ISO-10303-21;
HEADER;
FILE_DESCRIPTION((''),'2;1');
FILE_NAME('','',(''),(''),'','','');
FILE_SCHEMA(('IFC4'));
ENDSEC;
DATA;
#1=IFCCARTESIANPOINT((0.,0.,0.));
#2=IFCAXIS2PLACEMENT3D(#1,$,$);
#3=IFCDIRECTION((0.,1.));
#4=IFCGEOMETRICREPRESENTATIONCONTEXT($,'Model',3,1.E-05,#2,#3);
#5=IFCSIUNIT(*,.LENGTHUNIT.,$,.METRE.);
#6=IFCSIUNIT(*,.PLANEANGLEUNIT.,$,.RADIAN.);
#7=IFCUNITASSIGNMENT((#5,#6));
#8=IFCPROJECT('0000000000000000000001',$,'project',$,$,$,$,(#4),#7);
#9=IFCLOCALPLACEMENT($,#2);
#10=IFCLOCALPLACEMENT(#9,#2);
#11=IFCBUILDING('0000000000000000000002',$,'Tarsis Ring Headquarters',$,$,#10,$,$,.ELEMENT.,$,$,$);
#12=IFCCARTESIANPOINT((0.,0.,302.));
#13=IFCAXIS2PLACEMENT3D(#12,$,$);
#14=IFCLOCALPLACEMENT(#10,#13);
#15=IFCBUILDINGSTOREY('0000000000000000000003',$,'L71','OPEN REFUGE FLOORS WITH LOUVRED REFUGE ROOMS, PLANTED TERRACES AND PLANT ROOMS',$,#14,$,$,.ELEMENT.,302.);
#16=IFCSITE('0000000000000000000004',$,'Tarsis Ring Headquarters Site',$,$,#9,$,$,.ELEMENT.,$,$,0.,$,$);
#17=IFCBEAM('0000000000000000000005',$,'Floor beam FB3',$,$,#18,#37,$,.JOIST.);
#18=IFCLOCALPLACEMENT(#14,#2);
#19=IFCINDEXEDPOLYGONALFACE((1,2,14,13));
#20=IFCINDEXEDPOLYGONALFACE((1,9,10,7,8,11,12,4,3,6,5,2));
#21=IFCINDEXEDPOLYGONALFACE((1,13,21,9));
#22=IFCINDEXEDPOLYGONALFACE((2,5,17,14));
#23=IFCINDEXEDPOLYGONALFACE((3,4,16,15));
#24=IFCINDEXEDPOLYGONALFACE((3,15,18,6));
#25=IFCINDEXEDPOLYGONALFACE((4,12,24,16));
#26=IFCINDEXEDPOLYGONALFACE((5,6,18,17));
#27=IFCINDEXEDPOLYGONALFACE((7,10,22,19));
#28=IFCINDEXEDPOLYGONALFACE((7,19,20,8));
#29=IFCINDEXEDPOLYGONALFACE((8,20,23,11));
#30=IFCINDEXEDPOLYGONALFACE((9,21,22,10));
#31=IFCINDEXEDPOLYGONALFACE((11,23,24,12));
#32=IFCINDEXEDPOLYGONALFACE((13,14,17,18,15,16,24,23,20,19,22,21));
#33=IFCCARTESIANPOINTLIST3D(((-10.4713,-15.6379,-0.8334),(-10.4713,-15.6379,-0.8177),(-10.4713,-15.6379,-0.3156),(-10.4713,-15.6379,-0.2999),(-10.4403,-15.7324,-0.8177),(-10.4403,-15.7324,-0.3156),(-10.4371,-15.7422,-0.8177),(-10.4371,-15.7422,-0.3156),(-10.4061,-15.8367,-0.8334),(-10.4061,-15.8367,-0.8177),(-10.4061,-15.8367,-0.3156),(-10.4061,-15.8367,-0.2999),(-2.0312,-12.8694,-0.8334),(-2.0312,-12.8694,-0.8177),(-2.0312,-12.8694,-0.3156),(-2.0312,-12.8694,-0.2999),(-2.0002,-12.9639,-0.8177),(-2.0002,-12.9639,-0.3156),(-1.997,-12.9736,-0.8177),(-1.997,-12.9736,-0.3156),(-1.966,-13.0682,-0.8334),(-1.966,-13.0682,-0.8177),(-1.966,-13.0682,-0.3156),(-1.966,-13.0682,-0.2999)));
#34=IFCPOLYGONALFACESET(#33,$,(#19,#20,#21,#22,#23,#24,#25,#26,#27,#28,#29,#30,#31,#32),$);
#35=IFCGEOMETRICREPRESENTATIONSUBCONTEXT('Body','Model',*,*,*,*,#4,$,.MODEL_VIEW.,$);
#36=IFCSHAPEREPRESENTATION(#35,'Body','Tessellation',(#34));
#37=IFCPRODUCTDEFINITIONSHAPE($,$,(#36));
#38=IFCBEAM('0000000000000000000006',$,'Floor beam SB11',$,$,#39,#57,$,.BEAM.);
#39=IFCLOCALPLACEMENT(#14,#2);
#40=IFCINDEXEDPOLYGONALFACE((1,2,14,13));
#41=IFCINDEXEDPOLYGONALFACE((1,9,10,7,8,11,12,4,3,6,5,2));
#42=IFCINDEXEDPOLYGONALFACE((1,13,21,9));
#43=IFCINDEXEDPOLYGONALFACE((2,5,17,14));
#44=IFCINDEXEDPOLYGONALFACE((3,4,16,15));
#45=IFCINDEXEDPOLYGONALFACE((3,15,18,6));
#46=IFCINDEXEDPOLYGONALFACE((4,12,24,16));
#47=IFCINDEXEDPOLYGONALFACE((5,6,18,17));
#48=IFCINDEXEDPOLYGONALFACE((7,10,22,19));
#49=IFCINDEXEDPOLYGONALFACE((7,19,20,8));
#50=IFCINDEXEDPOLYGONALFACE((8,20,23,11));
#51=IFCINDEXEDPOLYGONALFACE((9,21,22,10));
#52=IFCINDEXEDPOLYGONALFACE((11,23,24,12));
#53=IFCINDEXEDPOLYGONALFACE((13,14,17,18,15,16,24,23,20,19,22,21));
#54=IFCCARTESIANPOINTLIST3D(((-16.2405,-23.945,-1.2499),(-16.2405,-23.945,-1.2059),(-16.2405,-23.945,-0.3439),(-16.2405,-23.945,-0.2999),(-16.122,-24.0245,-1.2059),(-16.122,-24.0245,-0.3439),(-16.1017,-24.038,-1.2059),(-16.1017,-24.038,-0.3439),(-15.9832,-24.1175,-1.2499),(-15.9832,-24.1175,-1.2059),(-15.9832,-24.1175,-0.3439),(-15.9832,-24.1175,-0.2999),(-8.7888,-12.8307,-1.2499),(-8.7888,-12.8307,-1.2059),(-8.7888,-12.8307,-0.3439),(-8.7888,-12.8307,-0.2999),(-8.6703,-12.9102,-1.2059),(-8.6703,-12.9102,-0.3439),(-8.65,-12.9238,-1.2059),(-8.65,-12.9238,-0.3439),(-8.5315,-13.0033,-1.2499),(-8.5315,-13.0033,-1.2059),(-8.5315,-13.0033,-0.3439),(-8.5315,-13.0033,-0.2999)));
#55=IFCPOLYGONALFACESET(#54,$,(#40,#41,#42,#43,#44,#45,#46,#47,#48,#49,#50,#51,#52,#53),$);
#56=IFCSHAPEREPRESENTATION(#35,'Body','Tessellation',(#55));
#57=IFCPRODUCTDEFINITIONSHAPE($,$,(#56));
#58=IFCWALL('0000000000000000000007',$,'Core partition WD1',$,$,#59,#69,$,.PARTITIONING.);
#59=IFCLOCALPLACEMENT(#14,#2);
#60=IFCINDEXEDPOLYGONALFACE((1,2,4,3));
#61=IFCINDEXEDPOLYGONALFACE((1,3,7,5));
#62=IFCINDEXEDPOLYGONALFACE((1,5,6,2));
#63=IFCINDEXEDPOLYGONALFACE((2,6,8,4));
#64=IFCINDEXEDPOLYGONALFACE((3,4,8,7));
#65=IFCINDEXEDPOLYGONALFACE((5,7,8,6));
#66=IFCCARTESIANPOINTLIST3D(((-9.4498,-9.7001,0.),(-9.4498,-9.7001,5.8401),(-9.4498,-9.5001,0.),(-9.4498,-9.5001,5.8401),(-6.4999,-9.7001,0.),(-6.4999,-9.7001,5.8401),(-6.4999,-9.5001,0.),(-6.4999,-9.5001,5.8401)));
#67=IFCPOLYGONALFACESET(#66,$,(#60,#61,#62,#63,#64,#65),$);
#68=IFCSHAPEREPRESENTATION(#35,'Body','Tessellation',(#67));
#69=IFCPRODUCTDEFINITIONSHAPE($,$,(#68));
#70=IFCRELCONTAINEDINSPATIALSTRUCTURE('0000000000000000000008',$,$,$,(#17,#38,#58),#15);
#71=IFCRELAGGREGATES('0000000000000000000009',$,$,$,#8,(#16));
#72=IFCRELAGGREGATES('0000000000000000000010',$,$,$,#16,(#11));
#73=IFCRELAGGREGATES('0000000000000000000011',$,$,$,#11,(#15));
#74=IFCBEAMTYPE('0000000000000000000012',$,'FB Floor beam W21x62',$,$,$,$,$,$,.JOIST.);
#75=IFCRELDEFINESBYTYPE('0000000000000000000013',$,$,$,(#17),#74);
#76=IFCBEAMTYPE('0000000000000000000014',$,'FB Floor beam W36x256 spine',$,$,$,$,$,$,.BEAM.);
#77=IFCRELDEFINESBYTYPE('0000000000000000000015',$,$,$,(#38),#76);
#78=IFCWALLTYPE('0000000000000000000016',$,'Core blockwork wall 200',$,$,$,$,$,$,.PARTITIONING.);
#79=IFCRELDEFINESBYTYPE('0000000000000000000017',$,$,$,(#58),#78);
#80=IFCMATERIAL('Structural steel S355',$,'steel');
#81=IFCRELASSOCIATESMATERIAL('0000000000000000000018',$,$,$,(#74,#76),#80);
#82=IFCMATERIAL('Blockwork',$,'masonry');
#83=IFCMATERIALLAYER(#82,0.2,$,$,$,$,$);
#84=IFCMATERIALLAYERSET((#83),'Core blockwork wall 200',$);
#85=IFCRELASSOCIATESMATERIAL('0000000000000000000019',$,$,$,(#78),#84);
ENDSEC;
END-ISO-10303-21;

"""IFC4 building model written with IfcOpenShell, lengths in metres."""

from ifc_helpers import new_model, si_unit, direction, frame, frame_2d, origin, origin_2d, place, context, subcontext, project, spatial, rectangle, i_section, extrude, material, layer, layer_set, material_profile, profile_set, type_object, element, save


model = new_model("IFC4")

# Units and contexts
model_context = context("Model", 3, precision=1e-05, world=origin(), true_north=direction((0.0, 1.0)))
body_context = subcontext(model_context, "Body", "Model", "MODEL_VIEW")
ifc_project = project(units=[si_unit("LENGTHUNIT", "METRE"), si_unit("PLANEANGLEUNIT", "RADIAN")], contexts=[model_context])

# Site, building, storey
site_placement = place(None, origin())
site = spatial("IfcSite", under=ifc_project, at=site_placement, Name="Tarsis Ring Headquarters Site", CompositionType="ELEMENT", RefElevation=0.0)
building_placement = place(site_placement, origin())
building = spatial("IfcBuilding", under=site, at=building_placement, Name="Tarsis Ring Headquarters", CompositionType="ELEMENT")
storey_placement = place(building_placement, frame((0.0, 0.0, 302.0)))
storey = spatial("IfcBuildingStorey", under=building, at=storey_placement, Name="L71", Description="OPEN REFUGE FLOORS WITH LOUVRED REFUGE ROOMS, PLANTED TERRACES AND PLANT ROOMS", CompositionType="ELEMENT", Elevation=302.0)

# Beams
ifc_material_1 = material(Name="Structural steel S355", Category="steel")
ifc_material_profile_1 = material_profile(ifc_material_1, i_section(OverallWidth=0.2092, OverallDepth=0.5334, WebThickness=0.0103, FlangeThickness=0.0156, at=origin_2d()), Name="W21x62")
ifc_profile_set_1 = profile_set([ifc_material_profile_1], Name="Structural steel S355")
beam_type_1 = type_object("IfcBeamType", Name="FB Floor beam W21x62", PredefinedType="JOIST", material=ifc_profile_set_1)
beam_1_placement = place(storey_placement, frame((-10.4387, -15.7373, -0.5667), z_axis=(0.950187, 0.311681, 0.0), x_axis=(-0.311681, 0.950187, 0.0)))
element("IfcBeam", 1, at=beam_1_placement, inside=storey, type_object=beam_type_1, Name="Floor beam FB3", PredefinedType="JOIST", context=body_context, shape_type="SweptSolid", body=[
    extrude(i_section(OverallWidth=0.2092, OverallDepth=0.5334, WebThickness=0.0103, FlangeThickness=0.0156, at=origin_2d()), origin(), (0.0, 0.0, 1.0), 8.8826),
])
ifc_material_profile_2 = material_profile(ifc_material_1, i_section(OverallWidth=0.3098, OverallDepth=0.95, WebThickness=0.0244, FlangeThickness=0.0439, at=origin_2d()), Name="W36x256")
ifc_profile_set_2 = profile_set([ifc_material_profile_2], Name="Structural steel S355")
beam_type_2 = type_object("IfcBeamType", Name="FB Floor beam W36x256 spine", PredefinedType="BEAM", material=ifc_profile_set_2)
beam_2_placement = place(storey_placement, frame((-8.6602, -12.917, -0.7749), z_axis=(-0.556879, -0.830593, 0.0), x_axis=(0.830593, -0.556879, 0.0)))
element("IfcBeam", 2, at=beam_2_placement, inside=storey, type_object=beam_type_2, Name="Floor beam SB11", PredefinedType="BEAM", context=body_context, shape_type="SweptSolid", body=[
    extrude(i_section(OverallWidth=0.3098, OverallDepth=0.95, WebThickness=0.0244, FlangeThickness=0.0439, at=origin_2d()), origin(), (0.0, 0.0, 1.0), 13.3811),
])

# Wall
ifc_material_2 = material(Name="Blockwork", Category="masonry")
ifc_layer_1 = layer(ifc_material_2, 0.2)
ifc_layer_set_1 = layer_set([ifc_layer_1], Name="Core blockwork wall 200")
wall_type_1 = type_object("IfcWallType", Name="Core blockwork wall 200", PredefinedType="PARTITIONING", material=ifc_layer_set_1)
wall_1_placement = place(storey_placement, frame((-9.45, -9.6001, 0.0), z_axis=(0.0, 0.0, 1.0), x_axis=(1.0, 0.0, 0.0)))
element("IfcWall", 3, at=wall_1_placement, inside=storey, type_object=wall_type_1, Name="Core partition WD1", PredefinedType="PARTITIONING", context=body_context, shape_type="SweptSolid", body=[
    extrude(rectangle(XDim=2.95, YDim=0.2, at=frame_2d((1.4751, 0.0))), origin(), (0.0, 0.0, 1.0), 5.8401),
])

save(model, "model.ifc")
